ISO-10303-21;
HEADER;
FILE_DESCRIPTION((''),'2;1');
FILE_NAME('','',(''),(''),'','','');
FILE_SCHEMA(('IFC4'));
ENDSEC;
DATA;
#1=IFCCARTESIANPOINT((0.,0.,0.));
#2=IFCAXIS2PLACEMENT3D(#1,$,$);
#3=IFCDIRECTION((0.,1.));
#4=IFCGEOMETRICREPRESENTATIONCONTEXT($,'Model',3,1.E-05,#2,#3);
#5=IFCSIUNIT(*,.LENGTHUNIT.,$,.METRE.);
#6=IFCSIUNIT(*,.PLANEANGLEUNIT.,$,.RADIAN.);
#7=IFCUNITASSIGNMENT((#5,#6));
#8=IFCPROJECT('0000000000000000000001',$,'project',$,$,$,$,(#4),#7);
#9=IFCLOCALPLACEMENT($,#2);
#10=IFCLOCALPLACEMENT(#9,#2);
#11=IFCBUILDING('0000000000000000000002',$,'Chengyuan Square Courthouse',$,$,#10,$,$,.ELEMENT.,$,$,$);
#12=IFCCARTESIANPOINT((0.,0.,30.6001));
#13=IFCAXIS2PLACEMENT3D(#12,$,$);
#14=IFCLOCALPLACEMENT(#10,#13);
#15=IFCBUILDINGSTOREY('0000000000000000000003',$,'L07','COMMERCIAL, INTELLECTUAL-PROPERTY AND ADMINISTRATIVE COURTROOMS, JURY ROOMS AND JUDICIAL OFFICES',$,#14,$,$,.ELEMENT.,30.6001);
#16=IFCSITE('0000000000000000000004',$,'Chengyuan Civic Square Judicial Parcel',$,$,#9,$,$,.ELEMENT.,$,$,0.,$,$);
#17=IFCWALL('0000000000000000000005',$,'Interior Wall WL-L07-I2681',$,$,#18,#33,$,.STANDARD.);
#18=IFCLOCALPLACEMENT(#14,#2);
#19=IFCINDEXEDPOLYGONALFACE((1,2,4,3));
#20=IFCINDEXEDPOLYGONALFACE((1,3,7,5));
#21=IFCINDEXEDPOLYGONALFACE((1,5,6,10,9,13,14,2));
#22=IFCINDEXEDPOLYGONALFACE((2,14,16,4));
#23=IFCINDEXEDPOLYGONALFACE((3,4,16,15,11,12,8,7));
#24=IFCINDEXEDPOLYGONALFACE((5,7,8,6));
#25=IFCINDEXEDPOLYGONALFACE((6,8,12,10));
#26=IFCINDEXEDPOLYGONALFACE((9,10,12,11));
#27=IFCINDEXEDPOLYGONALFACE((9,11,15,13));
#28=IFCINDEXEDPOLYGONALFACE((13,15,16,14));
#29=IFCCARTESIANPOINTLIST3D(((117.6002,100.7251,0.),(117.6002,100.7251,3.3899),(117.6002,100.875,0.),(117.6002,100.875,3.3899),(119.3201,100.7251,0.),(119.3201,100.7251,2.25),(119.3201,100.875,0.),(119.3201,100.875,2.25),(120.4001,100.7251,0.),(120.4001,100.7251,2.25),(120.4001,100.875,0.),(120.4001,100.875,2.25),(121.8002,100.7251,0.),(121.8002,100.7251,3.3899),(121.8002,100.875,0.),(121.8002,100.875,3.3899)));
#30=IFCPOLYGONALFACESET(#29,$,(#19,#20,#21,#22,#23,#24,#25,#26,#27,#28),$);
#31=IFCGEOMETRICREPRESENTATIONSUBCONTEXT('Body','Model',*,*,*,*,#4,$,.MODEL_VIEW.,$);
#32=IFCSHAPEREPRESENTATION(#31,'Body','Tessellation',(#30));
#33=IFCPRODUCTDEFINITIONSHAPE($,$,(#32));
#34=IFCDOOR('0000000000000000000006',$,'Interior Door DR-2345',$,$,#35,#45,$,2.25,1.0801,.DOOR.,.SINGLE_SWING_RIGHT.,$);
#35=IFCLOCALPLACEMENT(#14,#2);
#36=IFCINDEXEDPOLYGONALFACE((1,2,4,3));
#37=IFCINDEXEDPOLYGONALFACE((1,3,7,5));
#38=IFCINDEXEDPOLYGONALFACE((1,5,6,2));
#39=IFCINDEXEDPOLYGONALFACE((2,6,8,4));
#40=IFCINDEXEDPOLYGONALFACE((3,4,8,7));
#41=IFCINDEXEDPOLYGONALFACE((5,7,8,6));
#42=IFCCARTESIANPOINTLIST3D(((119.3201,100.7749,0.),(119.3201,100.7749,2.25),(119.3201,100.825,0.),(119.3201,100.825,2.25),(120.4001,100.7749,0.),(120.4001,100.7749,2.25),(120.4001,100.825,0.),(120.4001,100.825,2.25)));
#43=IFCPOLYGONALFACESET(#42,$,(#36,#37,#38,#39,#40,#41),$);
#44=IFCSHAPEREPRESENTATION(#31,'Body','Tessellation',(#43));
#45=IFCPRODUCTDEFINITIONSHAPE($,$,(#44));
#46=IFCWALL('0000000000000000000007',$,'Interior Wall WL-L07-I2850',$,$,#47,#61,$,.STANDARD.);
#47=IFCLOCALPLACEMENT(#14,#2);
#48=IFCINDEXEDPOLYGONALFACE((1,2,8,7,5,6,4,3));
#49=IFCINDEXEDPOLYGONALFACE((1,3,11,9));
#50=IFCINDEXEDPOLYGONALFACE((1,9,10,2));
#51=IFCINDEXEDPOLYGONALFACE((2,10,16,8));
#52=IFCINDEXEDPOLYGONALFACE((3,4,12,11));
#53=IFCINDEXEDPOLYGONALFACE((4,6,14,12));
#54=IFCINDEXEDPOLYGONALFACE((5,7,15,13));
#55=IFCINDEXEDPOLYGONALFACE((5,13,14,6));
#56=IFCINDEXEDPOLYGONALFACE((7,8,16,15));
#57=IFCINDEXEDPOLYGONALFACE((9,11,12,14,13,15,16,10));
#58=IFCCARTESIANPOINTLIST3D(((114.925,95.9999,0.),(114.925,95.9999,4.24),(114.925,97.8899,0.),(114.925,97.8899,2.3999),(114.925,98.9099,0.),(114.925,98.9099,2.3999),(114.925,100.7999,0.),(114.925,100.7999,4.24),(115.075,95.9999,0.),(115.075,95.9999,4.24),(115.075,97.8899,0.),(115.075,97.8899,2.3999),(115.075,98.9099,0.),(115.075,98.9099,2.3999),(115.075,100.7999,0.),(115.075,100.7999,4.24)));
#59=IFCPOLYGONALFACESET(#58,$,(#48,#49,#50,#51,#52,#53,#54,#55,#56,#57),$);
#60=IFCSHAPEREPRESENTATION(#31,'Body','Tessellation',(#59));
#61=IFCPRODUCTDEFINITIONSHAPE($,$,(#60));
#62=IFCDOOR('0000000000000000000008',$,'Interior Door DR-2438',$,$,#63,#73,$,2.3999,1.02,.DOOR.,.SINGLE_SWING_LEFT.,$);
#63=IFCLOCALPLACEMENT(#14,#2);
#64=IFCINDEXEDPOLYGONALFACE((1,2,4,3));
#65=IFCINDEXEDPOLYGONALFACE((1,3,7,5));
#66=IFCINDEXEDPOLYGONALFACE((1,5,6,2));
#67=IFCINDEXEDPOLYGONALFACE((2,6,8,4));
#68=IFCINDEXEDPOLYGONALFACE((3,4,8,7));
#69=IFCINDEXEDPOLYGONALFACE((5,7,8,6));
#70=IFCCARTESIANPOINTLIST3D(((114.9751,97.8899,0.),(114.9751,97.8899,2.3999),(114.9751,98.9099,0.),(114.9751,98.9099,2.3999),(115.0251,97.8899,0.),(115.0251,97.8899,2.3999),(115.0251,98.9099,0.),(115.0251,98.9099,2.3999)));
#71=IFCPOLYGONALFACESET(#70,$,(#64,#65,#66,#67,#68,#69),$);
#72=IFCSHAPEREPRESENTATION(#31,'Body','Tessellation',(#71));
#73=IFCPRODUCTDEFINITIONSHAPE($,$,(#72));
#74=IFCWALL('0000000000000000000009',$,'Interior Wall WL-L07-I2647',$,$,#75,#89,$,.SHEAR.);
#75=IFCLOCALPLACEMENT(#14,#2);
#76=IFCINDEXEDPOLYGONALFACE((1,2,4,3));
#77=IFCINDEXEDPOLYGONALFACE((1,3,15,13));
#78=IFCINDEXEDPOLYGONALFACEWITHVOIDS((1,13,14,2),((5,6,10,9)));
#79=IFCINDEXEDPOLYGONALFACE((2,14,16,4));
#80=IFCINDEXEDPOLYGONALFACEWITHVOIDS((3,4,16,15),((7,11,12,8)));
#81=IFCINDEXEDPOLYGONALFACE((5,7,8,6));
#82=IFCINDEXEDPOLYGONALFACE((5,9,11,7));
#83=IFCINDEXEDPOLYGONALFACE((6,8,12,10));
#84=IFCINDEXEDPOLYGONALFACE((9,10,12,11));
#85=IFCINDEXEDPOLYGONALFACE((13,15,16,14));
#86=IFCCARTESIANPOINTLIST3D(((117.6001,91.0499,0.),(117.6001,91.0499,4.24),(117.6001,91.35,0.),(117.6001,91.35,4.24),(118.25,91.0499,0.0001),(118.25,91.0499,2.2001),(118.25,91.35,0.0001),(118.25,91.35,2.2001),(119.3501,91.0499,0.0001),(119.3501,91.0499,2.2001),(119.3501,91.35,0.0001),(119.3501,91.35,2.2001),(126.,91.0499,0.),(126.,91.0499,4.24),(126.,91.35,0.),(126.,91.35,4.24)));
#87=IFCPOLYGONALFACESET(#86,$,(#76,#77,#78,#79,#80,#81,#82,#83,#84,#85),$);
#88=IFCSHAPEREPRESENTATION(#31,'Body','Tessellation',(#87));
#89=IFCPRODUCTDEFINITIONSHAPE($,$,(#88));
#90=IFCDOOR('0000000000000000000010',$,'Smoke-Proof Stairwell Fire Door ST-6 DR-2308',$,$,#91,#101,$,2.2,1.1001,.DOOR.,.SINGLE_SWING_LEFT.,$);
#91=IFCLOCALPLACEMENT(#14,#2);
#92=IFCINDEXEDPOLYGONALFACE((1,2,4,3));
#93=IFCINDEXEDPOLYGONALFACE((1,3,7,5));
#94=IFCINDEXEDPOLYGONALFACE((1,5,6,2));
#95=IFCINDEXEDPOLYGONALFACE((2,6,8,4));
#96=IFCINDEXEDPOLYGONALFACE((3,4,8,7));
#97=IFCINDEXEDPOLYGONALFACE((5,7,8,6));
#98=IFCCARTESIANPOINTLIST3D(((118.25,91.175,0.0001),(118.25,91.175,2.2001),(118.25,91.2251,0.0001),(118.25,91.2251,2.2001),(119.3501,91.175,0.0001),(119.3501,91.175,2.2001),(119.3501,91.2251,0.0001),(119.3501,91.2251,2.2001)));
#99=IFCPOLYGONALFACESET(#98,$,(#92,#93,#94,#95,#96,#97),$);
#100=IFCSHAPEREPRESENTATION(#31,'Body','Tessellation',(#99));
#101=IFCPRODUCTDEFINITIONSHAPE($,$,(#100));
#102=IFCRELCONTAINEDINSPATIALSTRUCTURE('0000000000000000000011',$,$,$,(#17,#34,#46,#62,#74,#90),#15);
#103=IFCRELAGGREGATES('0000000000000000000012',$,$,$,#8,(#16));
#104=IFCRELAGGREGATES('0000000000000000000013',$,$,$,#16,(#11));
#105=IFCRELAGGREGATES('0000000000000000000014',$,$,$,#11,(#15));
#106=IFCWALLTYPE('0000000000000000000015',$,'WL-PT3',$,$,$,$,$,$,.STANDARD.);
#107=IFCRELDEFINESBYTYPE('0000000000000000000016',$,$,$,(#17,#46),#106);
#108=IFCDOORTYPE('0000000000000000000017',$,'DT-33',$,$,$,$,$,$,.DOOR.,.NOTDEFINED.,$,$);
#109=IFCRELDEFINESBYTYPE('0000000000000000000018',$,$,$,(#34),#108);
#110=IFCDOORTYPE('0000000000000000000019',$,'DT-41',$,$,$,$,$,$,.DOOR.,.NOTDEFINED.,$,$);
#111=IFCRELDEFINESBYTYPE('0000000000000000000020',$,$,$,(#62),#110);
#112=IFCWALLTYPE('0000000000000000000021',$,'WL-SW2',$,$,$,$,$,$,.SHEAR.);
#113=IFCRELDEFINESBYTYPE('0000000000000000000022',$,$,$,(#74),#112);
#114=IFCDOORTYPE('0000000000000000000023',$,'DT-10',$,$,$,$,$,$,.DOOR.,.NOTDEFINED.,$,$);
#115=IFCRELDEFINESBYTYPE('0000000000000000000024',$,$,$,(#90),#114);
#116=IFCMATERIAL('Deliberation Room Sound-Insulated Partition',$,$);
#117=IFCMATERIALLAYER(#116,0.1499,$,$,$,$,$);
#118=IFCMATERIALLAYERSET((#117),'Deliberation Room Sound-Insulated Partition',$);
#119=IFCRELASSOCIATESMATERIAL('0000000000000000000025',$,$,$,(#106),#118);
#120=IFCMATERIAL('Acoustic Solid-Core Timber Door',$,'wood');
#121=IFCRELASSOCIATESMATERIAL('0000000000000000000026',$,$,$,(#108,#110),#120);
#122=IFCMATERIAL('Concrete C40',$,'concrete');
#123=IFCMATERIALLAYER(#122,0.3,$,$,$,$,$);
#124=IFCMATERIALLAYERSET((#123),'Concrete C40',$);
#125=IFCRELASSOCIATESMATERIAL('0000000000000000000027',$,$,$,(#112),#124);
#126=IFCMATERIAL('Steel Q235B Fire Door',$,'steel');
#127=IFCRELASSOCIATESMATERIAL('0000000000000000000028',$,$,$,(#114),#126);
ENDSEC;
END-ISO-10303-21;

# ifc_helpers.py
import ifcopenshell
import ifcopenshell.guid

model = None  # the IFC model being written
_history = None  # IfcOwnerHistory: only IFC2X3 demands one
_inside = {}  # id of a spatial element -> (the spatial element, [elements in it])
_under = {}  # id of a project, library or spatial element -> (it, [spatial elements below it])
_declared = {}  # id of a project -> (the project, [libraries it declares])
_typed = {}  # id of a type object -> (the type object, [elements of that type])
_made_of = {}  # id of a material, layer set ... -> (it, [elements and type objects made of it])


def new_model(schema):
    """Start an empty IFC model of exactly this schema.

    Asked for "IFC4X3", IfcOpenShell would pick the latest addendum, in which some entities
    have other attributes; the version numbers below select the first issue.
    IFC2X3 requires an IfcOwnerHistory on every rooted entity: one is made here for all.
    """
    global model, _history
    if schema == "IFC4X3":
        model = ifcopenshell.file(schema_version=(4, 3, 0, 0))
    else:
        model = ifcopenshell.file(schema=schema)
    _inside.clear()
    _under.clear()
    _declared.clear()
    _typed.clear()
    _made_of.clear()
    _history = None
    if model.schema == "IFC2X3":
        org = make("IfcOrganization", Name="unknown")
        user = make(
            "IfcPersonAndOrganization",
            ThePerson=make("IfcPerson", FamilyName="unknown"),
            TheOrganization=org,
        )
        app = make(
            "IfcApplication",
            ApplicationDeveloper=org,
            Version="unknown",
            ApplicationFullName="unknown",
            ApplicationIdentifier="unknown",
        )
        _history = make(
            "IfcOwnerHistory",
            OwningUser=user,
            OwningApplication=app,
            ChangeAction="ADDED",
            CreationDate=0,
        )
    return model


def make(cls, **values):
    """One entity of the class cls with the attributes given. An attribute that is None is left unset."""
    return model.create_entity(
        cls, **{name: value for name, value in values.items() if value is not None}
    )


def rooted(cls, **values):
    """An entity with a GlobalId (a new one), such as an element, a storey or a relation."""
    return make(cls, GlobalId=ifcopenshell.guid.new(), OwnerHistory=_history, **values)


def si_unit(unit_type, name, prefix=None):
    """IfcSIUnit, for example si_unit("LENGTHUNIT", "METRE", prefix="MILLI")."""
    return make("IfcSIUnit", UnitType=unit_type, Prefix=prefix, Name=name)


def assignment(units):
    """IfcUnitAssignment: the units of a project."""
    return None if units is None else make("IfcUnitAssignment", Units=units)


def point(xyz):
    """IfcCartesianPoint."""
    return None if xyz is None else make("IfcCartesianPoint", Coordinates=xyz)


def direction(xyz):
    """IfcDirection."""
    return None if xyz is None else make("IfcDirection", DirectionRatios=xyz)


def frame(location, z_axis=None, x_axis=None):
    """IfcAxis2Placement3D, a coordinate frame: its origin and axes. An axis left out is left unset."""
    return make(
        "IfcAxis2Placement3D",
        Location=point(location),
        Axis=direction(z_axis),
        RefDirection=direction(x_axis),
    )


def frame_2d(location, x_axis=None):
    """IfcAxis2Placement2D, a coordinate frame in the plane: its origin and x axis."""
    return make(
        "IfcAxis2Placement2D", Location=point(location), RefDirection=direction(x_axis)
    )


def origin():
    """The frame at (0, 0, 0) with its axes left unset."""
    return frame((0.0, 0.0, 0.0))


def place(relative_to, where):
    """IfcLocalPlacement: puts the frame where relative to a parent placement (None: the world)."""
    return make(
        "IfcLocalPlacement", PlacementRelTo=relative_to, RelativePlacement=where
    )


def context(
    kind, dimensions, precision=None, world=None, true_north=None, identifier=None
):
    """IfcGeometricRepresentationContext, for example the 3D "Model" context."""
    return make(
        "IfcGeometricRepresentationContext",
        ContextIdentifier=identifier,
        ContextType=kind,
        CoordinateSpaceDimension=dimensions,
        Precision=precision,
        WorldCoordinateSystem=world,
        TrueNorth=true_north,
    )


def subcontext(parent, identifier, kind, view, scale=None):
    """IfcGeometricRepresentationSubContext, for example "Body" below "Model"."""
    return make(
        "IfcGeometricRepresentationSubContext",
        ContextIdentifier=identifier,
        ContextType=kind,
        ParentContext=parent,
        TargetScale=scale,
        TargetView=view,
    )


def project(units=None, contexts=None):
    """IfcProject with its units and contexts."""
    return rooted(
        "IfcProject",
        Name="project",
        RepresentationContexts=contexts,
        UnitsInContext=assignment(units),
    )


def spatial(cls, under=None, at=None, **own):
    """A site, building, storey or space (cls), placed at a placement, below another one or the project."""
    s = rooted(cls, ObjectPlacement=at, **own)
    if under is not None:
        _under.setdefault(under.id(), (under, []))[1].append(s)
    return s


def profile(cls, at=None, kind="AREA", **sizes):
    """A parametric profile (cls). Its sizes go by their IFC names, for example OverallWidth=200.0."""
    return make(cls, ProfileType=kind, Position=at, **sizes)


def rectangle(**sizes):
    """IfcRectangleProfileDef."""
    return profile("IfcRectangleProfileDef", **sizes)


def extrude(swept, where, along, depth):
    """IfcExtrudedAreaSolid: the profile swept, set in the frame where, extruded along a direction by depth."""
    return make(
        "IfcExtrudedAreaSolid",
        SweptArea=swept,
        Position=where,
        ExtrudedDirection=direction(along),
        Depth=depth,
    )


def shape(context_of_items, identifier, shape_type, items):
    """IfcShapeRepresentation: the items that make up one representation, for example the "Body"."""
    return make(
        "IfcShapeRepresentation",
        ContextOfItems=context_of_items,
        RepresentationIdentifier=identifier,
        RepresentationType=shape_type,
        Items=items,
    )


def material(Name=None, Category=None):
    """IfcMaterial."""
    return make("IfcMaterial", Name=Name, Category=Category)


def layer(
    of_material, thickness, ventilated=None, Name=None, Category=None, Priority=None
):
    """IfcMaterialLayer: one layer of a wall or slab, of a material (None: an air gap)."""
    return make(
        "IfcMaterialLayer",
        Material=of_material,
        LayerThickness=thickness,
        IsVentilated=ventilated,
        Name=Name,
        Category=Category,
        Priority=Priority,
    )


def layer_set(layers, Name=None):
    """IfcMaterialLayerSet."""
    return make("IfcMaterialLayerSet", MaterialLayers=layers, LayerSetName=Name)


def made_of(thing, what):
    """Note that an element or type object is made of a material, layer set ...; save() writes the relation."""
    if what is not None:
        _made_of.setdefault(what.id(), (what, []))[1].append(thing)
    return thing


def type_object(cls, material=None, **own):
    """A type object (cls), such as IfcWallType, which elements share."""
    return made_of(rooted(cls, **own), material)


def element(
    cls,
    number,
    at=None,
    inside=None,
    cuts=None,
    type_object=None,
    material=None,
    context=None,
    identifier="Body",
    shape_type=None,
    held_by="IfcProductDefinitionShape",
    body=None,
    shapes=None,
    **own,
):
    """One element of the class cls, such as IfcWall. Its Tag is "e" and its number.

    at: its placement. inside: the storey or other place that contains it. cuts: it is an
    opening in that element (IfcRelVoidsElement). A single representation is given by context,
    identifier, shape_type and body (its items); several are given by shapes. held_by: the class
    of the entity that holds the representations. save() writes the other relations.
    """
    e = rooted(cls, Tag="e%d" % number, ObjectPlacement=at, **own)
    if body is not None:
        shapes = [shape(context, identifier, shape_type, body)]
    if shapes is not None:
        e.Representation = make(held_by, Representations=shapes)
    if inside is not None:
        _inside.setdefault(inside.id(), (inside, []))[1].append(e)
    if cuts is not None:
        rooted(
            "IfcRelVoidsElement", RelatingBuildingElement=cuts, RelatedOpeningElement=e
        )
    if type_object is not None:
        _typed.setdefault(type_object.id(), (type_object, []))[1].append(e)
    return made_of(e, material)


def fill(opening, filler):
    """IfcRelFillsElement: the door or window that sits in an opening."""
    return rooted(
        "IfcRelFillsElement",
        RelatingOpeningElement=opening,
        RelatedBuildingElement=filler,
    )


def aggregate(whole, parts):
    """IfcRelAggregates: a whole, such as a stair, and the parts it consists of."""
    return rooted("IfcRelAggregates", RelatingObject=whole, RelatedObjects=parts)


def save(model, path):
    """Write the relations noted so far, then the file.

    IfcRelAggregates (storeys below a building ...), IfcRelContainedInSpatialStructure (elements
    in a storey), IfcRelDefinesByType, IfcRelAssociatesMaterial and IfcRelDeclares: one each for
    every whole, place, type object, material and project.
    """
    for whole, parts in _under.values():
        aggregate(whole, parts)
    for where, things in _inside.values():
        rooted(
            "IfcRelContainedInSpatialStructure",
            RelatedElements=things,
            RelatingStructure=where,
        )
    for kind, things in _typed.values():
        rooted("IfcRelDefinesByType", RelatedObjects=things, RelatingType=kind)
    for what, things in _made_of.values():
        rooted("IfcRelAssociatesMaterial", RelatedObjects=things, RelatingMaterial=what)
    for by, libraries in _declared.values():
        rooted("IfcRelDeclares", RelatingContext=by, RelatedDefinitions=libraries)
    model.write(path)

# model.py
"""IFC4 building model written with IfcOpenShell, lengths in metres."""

from ifc_helpers import new_model, si_unit, direction, frame, frame_2d, origin, place, context, subcontext, project, spatial, rectangle, extrude, material, layer, layer_set, type_object, element, fill, save


model = new_model("IFC4")

# Units and contexts
model_context = context("Model", 3, precision=1e-05, world=origin(), true_north=direction((0.0, 1.0)))
body_context = subcontext(model_context, "Body", "Model", "MODEL_VIEW")
ifc_project = project(units=[si_unit("LENGTHUNIT", "METRE"), si_unit("PLANEANGLEUNIT", "RADIAN")], contexts=[model_context])

# Site, building, storey
site_placement = place(None, origin())
site = spatial("IfcSite", under=ifc_project, at=site_placement, Name="Chengyuan Civic Square Judicial Parcel", CompositionType="ELEMENT", RefElevation=0.0)
building_placement = place(site_placement, origin())
building = spatial("IfcBuilding", under=site, at=building_placement, Name="Chengyuan Square Courthouse", CompositionType="ELEMENT")
storey_placement = place(building_placement, frame((0.0, 0.0, 30.6001)))
storey = spatial("IfcBuildingStorey", under=building, at=storey_placement, Name="L07", Description="COMMERCIAL, INTELLECTUAL-PROPERTY AND ADMINISTRATIVE COURTROOMS, JURY ROOMS AND JUDICIAL OFFICES", CompositionType="ELEMENT", Elevation=30.6001)

# Shared definitions
ifc_material_1 = material(Name="Concrete C40", Category="concrete")

# Shared definitions
ifc_material_2 = material(Name="Steel Q235B Fire Door", Category="steel")

# Walls, openings, doors
ifc_material_3 = material(Name="Deliberation Room Sound-Insulated Partition")
ifc_layer_1 = layer(ifc_material_3, 0.1499)
ifc_layer_set_1 = layer_set([ifc_layer_1], Name="Deliberation Room Sound-Insulated Partition")
wall_type_1 = type_object("IfcWallType", Name="WL-PT3", PredefinedType="STANDARD", material=ifc_layer_set_1)
wall_1_placement = place(storey_placement, frame((117.6001, 100.8, 0.0), z_axis=(0.0, 0.0, 1.0), x_axis=(1.0, 0.0, 0.0)))
wall_1 = element("IfcWall", 1, at=wall_1_placement, inside=storey, type_object=wall_type_1, Name="Interior Wall WL-L07-I2681", PredefinedType="STANDARD", context=body_context, shape_type="SweptSolid", body=[
    extrude(rectangle(XDim=4.2, YDim=0.1499, at=frame_2d((2.1001, 0.0))), origin(), (0.0, 0.0, 1.0), 3.3899),
])
opening_1_placement = place(wall_1_placement, frame((1.72, 0.0, 0.0)))
opening_1 = element("IfcOpeningElement", 2, at=opening_1_placement, cuts=wall_1, PredefinedType="OPENING", context=body_context, shape_type="SweptSolid", body=[
    extrude(rectangle(XDim=1.0801, YDim=2.25, at=frame_2d((0.54, 1.125))), frame((0.0, 0.0869, 0.0), z_axis=(0.0, -1.0, 0.0), x_axis=(1.0, 0.0, 0.0)), (0.0, 0.0, 1.0), 0.1738),
])
ifc_material_4 = material(Name="Acoustic Solid-Core Timber Door", Category="wood")
door_type_1 = type_object("IfcDoorType", Name="DT-33", OperationType="NOTDEFINED", PredefinedType="DOOR", material=ifc_material_4)
door_1_placement = place(opening_1_placement, origin())
door_1 = element("IfcDoor", 3, at=door_1_placement, inside=storey, type_object=door_type_1, Name="Interior Door DR-2345", OperationType="SINGLE_SWING_RIGHT", OverallHeight=2.25, OverallWidth=1.0801, PredefinedType="DOOR", context=body_context, shape_type="SweptSolid", body=[
    extrude(rectangle(XDim=1.0801, YDim=2.25, at=frame_2d((0.54, 1.125))), frame((0.0, 0.0249, 0.0), z_axis=(0.0, -1.0, 0.0), x_axis=(1.0, 0.0, 0.0)), (0.0, 0.0, 1.0), 0.05),
])
fill(opening_1, door_1)
wall_2_placement = place(storey_placement, frame((115.0, 96.0, 0.0), z_axis=(0.0, 0.0, 1.0), x_axis=(0.0, 1.0, 0.0)))
wall_2 = element("IfcWall", 4, at=wall_2_placement, inside=storey, type_object=wall_type_1, Name="Interior Wall WL-L07-I2850", PredefinedType="STANDARD", context=body_context, shape_type="SweptSolid", body=[
    extrude(rectangle(XDim=4.8, YDim=0.1499, at=frame_2d((2.3999, 0.0))), origin(), (0.0, 0.0, 1.0), 4.24),
])
opening_2_placement = place(wall_2_placement, frame((1.8899, 0.0, 0.0)))
opening_2 = element("IfcOpeningElement", 5, at=opening_2_placement, cuts=wall_2, PredefinedType="OPENING", context=body_context, shape_type="SweptSolid", body=[
    extrude(rectangle(XDim=1.02, YDim=2.3999, at=frame_2d((0.51, 1.2))), frame((0.0, 0.0869, 0.0), z_axis=(0.0, -1.0, 0.0), x_axis=(1.0, 0.0, 0.0)), (0.0, 0.0, 1.0), 0.1738),
])
door_type_2 = type_object("IfcDoorType", Name="DT-41", OperationType="NOTDEFINED", PredefinedType="DOOR", material=ifc_material_4)
door_2_placement = place(opening_2_placement, origin())
door_2 = element("IfcDoor", 6, at=door_2_placement, inside=storey, type_object=door_type_2, Name="Interior Door DR-2438", OperationType="SINGLE_SWING_LEFT", OverallHeight=2.3999, OverallWidth=1.02, PredefinedType="DOOR", context=body_context, shape_type="SweptSolid", body=[
    extrude(rectangle(XDim=1.02, YDim=2.3999, at=frame_2d((0.51, 1.2))), frame((0.0, 0.0249, 0.0), z_axis=(0.0, -1.0, 0.0), x_axis=(1.0, 0.0, 0.0)), (0.0, 0.0, 1.0), 0.05),
])
fill(opening_2, door_2)
ifc_layer_2 = layer(ifc_material_1, 0.3)
ifc_layer_set_2 = layer_set([ifc_layer_2], Name="Concrete C40")
wall_type_2 = type_object("IfcWallType", Name="WL-SW2", PredefinedType="SHEAR", material=ifc_layer_set_2)
wall_3_placement = place(storey_placement, frame((117.6001, 91.2, 0.0), z_axis=(0.0, 0.0, 1.0), x_axis=(1.0, 0.0, 0.0)))
wall_3 = element("IfcWall", 7, at=wall_3_placement, inside=storey, type_object=wall_type_2, Name="Interior Wall WL-L07-I2647", PredefinedType="SHEAR", context=body_context, shape_type="SweptSolid", body=[
    extrude(rectangle(XDim=8.3999, YDim=0.3, at=frame_2d((4.2, 0.0))), origin(), (0.0, 0.0, 1.0), 4.24),
])
opening_3_placement = place(wall_3_placement, frame((0.6499, 0.0, 0.0)))
opening_3 = element("IfcOpeningElement", 8, at=opening_3_placement, cuts=wall_3, PredefinedType="OPENING", context=body_context, shape_type="SweptSolid", body=[
    extrude(rectangle(XDim=1.1001, YDim=2.2, at=frame_2d((0.55, 1.1001))), frame((0.0, 0.1621, 0.0), z_axis=(0.0, -1.0, 0.0), x_axis=(1.0, 0.0, 0.0)), (0.0, 0.0, 1.0), 0.324),
])
door_type_3 = type_object("IfcDoorType", Name="DT-10", OperationType="NOTDEFINED", PredefinedType="DOOR", material=ifc_material_2)
door_3_placement = place(opening_3_placement, frame((1.1001, 0.0, 0.0), z_axis=(0.0, 0.0, 1.0), x_axis=(-1.0, 0.0, 0.0)))
door_3 = element("IfcDoor", 9, at=door_3_placement, inside=storey, type_object=door_type_3, Name="Smoke-Proof Stairwell Fire Door ST-6 DR-2308", OperationType="SINGLE_SWING_LEFT", OverallHeight=2.2, OverallWidth=1.1001, PredefinedType="DOOR", context=body_context, shape_type="SweptSolid", body=[
    extrude(rectangle(XDim=1.1001, YDim=2.2, at=frame_2d((0.55, 1.1001))), frame((0.0, 0.0249, 0.0), z_axis=(0.0, -1.0, 0.0), x_axis=(1.0, 0.0, 0.0)), (0.0, 0.0, 1.0), 0.05),
])
fill(opening_3, door_3)

save(model, "model.ifc")
